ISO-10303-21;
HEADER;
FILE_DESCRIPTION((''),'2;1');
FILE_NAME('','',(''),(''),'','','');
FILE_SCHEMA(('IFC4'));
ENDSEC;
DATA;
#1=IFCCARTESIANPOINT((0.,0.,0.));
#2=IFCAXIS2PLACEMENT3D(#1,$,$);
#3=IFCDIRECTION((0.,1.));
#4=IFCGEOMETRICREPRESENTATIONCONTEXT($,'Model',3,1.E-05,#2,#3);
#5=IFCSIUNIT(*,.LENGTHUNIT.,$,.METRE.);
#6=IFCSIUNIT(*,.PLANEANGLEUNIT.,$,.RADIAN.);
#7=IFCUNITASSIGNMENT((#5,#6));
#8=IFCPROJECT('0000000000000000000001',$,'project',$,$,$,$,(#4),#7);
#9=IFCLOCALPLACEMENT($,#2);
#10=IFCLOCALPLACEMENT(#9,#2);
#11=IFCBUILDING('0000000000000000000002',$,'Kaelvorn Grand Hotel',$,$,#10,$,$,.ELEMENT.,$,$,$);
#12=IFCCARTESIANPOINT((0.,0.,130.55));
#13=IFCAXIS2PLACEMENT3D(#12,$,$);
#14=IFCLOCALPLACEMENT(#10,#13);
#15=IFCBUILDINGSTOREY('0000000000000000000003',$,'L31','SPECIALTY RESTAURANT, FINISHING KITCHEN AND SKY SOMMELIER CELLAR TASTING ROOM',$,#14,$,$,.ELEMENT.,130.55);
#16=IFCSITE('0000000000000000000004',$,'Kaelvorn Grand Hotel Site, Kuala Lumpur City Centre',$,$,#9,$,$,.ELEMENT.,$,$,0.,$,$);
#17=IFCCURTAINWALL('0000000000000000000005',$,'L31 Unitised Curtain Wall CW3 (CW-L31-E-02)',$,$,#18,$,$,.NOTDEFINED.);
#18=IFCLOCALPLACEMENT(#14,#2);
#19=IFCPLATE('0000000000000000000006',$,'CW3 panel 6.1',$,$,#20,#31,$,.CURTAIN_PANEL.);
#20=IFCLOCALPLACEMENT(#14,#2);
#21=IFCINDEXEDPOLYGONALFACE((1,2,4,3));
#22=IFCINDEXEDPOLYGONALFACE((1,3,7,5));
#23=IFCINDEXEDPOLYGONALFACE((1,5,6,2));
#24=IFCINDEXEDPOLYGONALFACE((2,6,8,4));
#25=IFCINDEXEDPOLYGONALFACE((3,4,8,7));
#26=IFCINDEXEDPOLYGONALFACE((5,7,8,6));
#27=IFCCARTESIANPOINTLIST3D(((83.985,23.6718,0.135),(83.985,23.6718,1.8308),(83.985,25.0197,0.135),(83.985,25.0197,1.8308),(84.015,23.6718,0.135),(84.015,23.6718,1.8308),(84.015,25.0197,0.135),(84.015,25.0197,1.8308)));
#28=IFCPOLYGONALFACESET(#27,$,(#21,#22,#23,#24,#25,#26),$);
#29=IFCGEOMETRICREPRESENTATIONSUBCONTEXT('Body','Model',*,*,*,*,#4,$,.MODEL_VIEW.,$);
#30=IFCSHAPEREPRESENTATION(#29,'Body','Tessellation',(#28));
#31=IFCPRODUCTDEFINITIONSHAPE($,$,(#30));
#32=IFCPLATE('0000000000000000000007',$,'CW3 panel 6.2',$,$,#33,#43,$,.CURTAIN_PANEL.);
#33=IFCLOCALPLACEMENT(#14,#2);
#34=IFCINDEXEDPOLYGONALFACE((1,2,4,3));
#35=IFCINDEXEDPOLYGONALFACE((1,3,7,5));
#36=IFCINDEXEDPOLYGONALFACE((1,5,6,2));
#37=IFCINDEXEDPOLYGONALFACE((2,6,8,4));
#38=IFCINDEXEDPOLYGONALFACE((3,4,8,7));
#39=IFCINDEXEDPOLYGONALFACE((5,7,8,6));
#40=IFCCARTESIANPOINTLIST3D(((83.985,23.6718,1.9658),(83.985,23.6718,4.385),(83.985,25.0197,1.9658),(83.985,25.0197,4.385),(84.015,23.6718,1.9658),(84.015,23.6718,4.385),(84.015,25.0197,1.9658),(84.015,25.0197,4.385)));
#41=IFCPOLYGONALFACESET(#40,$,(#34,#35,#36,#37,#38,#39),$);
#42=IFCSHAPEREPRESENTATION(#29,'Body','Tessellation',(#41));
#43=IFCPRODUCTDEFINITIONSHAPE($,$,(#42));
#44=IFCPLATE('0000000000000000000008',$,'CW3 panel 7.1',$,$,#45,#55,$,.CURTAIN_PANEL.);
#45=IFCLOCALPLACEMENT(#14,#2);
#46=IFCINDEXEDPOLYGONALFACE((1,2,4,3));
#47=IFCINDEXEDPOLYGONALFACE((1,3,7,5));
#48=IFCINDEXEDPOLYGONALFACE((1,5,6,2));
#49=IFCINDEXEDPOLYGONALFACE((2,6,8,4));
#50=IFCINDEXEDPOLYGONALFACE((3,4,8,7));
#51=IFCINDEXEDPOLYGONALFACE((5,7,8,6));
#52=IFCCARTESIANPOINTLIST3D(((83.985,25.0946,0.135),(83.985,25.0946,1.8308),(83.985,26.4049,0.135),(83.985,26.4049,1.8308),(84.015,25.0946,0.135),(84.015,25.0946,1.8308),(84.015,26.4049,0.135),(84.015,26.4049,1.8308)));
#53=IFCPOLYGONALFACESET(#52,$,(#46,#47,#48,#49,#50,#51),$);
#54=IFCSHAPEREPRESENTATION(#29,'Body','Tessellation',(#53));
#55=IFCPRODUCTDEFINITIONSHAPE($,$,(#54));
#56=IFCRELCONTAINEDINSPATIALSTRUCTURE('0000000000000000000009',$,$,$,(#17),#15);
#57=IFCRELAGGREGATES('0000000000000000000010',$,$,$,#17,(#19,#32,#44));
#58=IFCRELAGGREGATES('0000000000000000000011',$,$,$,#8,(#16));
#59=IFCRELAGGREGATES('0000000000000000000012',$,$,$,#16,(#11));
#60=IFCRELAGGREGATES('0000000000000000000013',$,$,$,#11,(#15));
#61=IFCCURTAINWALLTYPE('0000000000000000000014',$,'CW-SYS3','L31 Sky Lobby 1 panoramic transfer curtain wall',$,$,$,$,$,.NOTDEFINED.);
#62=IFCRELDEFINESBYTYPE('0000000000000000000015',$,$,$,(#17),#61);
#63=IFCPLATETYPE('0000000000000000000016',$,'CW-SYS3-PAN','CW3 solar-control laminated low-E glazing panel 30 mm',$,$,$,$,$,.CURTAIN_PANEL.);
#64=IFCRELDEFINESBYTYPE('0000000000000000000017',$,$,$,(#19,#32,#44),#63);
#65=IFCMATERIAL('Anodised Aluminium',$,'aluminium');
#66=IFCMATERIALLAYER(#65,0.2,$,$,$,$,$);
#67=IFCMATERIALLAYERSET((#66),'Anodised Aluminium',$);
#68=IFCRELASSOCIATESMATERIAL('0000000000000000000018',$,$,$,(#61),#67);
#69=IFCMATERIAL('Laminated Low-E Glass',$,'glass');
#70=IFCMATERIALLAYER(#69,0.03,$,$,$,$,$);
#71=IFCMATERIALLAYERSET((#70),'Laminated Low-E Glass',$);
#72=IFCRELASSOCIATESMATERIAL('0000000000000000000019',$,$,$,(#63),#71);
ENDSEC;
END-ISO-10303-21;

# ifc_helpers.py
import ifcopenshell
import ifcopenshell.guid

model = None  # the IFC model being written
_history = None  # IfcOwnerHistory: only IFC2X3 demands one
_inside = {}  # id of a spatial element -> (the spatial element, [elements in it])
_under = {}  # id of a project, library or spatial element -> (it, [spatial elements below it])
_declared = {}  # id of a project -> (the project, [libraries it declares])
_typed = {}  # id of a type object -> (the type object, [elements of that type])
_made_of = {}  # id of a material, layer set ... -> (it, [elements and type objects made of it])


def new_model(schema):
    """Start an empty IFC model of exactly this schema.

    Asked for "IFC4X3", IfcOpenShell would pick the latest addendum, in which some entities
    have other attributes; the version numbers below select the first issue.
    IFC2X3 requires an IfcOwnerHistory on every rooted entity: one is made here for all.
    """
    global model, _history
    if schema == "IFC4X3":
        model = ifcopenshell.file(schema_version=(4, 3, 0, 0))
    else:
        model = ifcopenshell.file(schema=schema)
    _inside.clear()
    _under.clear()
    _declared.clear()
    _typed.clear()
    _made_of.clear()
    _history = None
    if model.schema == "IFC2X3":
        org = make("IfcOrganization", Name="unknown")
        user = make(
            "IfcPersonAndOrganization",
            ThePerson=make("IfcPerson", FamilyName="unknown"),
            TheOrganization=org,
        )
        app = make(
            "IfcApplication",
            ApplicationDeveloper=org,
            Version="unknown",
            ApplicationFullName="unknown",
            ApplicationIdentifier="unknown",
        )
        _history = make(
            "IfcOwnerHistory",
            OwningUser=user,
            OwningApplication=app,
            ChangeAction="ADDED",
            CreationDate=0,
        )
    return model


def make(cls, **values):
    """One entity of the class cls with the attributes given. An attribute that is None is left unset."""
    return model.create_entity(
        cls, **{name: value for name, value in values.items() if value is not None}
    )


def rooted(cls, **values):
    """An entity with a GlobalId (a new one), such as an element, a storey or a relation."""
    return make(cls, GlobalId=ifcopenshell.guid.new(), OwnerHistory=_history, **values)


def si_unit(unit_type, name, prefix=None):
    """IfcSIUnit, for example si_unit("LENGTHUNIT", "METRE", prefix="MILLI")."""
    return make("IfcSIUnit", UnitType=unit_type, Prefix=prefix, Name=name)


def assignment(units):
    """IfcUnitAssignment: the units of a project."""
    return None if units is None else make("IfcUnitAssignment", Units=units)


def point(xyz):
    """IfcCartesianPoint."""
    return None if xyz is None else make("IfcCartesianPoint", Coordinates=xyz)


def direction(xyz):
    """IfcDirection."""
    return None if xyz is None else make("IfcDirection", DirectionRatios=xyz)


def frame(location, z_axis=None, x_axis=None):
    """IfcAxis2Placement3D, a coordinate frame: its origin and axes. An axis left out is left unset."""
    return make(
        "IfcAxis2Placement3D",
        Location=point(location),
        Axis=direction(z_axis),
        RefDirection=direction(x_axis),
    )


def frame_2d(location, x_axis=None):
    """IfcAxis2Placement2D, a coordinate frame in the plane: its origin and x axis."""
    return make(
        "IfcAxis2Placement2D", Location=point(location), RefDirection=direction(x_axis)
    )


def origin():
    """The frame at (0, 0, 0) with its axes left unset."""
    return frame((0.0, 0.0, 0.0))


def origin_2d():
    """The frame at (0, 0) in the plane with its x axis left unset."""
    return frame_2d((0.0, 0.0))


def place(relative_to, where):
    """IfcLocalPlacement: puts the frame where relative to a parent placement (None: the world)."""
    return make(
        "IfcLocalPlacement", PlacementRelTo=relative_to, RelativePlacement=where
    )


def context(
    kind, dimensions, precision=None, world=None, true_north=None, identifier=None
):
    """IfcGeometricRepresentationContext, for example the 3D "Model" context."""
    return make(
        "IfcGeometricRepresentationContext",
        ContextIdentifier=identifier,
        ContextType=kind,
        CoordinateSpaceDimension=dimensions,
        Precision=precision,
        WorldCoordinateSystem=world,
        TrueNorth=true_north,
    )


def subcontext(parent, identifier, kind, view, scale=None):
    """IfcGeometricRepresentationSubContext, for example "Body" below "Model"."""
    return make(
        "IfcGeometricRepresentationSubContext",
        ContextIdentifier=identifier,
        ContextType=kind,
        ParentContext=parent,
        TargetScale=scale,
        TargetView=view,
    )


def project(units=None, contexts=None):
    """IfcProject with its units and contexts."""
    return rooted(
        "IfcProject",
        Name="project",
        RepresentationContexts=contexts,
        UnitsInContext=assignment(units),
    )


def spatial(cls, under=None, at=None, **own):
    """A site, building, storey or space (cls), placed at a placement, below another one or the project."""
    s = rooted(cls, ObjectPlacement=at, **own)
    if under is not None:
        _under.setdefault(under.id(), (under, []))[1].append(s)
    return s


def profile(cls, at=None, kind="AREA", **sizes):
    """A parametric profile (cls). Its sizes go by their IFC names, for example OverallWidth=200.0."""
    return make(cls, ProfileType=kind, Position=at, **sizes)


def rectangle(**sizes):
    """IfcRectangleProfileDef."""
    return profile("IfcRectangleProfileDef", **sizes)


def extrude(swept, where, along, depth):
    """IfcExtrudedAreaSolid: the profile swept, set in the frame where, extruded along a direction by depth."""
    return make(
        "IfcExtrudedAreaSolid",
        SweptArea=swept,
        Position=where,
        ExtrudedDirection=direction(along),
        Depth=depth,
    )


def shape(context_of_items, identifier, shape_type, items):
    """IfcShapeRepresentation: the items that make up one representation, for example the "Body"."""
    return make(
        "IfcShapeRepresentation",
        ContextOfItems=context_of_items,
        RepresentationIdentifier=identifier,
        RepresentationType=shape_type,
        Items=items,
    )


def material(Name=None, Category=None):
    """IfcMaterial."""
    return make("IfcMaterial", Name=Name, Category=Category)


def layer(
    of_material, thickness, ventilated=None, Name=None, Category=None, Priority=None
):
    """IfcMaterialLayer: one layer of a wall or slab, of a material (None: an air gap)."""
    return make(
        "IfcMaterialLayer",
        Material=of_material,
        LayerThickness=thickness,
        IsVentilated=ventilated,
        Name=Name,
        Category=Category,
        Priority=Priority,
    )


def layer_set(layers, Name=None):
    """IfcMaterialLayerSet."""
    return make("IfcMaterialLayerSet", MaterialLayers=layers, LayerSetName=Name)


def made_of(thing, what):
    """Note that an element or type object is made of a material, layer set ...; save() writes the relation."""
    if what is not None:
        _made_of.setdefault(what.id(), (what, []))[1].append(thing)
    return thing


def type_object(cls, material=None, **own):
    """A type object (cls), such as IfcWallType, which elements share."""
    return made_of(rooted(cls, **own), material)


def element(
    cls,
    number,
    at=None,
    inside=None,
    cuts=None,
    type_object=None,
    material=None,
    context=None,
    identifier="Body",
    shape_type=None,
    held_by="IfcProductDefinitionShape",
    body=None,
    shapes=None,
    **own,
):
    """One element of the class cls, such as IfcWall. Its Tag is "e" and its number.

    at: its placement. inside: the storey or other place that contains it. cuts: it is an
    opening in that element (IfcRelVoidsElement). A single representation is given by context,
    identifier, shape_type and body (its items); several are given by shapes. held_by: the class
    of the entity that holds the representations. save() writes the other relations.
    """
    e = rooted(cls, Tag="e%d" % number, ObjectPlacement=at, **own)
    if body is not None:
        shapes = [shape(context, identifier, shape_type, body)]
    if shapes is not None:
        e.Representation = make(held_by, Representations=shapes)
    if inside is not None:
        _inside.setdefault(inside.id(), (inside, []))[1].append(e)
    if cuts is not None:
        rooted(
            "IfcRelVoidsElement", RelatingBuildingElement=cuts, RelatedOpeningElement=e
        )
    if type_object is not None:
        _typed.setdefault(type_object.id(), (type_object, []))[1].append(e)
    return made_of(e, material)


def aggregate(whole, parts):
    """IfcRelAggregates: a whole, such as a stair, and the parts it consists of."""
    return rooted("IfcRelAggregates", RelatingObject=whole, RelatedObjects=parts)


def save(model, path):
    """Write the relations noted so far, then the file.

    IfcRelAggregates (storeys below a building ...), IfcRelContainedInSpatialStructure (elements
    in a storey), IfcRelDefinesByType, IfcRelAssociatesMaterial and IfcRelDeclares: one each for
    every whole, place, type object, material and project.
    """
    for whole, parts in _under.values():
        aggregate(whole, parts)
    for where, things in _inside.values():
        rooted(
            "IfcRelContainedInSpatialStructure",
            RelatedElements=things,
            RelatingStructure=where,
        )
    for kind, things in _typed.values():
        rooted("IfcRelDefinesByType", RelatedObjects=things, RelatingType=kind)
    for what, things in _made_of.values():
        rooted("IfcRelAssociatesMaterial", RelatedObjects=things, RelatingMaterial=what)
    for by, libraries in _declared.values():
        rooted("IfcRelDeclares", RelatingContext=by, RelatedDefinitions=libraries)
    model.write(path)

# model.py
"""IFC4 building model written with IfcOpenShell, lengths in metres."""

from ifc_helpers import new_model, si_unit, direction, frame, origin, origin_2d, place, context, subcontext, project, spatial, rectangle, extrude, material, layer, layer_set, type_object, element, aggregate, save


model = new_model("IFC4")

# Units and contexts
model_context = context("Model", 3, precision=1e-05, world=origin(), true_north=direction((0.0, 1.0)))
body_context = subcontext(model_context, "Body", "Model", "MODEL_VIEW")
ifc_project = project(units=[si_unit("LENGTHUNIT", "METRE"), si_unit("PLANEANGLEUNIT", "RADIAN")], contexts=[model_context])

# Site, building, storey
site_placement = place(None, origin())
site = spatial("IfcSite", under=ifc_project, at=site_placement, Name="Kaelvorn Grand Hotel Site, Kuala Lumpur City Centre", CompositionType="ELEMENT", RefElevation=0.0)
building_placement = place(site_placement, origin())
building = spatial("IfcBuilding", under=site, at=building_placement, Name="Kaelvorn Grand Hotel", CompositionType="ELEMENT")
storey_placement = place(building_placement, frame((0.0, 0.0, 130.55)))
storey = spatial("IfcBuildingStorey", under=building, at=storey_placement, Name="L31", Description="SPECIALTY RESTAURANT, FINISHING KITCHEN AND SKY SOMMELIER CELLAR TASTING ROOM", CompositionType="ELEMENT", Elevation=130.55)

# Curtain wall, plates
ifc_material_1 = material(Name="Anodised Aluminium", Category="aluminium")
ifc_layer_1 = layer(ifc_material_1, 0.2)
ifc_layer_set_1 = layer_set([ifc_layer_1], Name="Anodised Aluminium")
curtain_wall_type = type_object("IfcCurtainWallType", Name="CW-SYS3", Description="L31 Sky Lobby 1 panoramic transfer curtain wall", PredefinedType="NOTDEFINED", material=ifc_layer_set_1)
curtain_wall_placement = place(storey_placement, origin())
curtain_wall = element("IfcCurtainWall", 1, at=curtain_wall_placement, inside=storey, type_object=curtain_wall_type, Name="L31 Unitised Curtain Wall CW3 (CW-L31-E-02)", PredefinedType="NOTDEFINED")
ifc_material_2 = material(Name="Laminated Low-E Glass", Category="glass")
ifc_layer_2 = layer(ifc_material_2, 0.03)
ifc_layer_set_2 = layer_set([ifc_layer_2], Name="Laminated Low-E Glass")
plate_type = type_object("IfcPlateType", Name="CW-SYS3-PAN", Description="CW3 solar-control laminated low-E glazing panel 30 mm", PredefinedType="CURTAIN_PANEL", material=ifc_layer_set_2)
plate_1_placement = place(storey_placement, frame((84.0, 24.3457, 0.135), z_axis=(0.0, 0.0, 1.0), x_axis=(0.0, 1.0, 0.0)))
plate_1 = element("IfcPlate", 2, at=plate_1_placement, type_object=plate_type, Name="CW3 panel 6.1", PredefinedType="CURTAIN_PANEL", context=body_context, shape_type="SweptSolid", body=[
    extrude(rectangle(XDim=1.3479, YDim=0.03, at=origin_2d()), origin(), (0.0, 0.0, 1.0), 1.6958),
])
plate_2_placement = place(storey_placement, frame((84.0, 24.3457, 1.9658), z_axis=(0.0, 0.0, 1.0), x_axis=(0.0, 1.0, 0.0)))
plate_2 = element("IfcPlate", 3, at=plate_2_placement, type_object=plate_type, Name="CW3 panel 6.2", PredefinedType="CURTAIN_PANEL", context=body_context, shape_type="SweptSolid", body=[
    extrude(rectangle(XDim=1.3479, YDim=0.03, at=origin_2d()), origin(), (0.0, 0.0, 1.0), 2.4192),
])
plate_3_placement = place(storey_placement, frame((84.0, 25.7498, 0.135), z_axis=(0.0, 0.0, 1.0), x_axis=(0.0, 1.0, 0.0)))
plate_3 = element("IfcPlate", 4, at=plate_3_placement, type_object=plate_type, Name="CW3 panel 7.1", PredefinedType="CURTAIN_PANEL", context=body_context, shape_type="SweptSolid", body=[
    extrude(rectangle(XDim=1.3103, YDim=0.03, at=origin_2d()), origin(), (0.0, 0.0, 1.0), 1.6958),
])
aggregate(curtain_wall, [plate_1, plate_2, plate_3])

save(model, "model.ifc")
